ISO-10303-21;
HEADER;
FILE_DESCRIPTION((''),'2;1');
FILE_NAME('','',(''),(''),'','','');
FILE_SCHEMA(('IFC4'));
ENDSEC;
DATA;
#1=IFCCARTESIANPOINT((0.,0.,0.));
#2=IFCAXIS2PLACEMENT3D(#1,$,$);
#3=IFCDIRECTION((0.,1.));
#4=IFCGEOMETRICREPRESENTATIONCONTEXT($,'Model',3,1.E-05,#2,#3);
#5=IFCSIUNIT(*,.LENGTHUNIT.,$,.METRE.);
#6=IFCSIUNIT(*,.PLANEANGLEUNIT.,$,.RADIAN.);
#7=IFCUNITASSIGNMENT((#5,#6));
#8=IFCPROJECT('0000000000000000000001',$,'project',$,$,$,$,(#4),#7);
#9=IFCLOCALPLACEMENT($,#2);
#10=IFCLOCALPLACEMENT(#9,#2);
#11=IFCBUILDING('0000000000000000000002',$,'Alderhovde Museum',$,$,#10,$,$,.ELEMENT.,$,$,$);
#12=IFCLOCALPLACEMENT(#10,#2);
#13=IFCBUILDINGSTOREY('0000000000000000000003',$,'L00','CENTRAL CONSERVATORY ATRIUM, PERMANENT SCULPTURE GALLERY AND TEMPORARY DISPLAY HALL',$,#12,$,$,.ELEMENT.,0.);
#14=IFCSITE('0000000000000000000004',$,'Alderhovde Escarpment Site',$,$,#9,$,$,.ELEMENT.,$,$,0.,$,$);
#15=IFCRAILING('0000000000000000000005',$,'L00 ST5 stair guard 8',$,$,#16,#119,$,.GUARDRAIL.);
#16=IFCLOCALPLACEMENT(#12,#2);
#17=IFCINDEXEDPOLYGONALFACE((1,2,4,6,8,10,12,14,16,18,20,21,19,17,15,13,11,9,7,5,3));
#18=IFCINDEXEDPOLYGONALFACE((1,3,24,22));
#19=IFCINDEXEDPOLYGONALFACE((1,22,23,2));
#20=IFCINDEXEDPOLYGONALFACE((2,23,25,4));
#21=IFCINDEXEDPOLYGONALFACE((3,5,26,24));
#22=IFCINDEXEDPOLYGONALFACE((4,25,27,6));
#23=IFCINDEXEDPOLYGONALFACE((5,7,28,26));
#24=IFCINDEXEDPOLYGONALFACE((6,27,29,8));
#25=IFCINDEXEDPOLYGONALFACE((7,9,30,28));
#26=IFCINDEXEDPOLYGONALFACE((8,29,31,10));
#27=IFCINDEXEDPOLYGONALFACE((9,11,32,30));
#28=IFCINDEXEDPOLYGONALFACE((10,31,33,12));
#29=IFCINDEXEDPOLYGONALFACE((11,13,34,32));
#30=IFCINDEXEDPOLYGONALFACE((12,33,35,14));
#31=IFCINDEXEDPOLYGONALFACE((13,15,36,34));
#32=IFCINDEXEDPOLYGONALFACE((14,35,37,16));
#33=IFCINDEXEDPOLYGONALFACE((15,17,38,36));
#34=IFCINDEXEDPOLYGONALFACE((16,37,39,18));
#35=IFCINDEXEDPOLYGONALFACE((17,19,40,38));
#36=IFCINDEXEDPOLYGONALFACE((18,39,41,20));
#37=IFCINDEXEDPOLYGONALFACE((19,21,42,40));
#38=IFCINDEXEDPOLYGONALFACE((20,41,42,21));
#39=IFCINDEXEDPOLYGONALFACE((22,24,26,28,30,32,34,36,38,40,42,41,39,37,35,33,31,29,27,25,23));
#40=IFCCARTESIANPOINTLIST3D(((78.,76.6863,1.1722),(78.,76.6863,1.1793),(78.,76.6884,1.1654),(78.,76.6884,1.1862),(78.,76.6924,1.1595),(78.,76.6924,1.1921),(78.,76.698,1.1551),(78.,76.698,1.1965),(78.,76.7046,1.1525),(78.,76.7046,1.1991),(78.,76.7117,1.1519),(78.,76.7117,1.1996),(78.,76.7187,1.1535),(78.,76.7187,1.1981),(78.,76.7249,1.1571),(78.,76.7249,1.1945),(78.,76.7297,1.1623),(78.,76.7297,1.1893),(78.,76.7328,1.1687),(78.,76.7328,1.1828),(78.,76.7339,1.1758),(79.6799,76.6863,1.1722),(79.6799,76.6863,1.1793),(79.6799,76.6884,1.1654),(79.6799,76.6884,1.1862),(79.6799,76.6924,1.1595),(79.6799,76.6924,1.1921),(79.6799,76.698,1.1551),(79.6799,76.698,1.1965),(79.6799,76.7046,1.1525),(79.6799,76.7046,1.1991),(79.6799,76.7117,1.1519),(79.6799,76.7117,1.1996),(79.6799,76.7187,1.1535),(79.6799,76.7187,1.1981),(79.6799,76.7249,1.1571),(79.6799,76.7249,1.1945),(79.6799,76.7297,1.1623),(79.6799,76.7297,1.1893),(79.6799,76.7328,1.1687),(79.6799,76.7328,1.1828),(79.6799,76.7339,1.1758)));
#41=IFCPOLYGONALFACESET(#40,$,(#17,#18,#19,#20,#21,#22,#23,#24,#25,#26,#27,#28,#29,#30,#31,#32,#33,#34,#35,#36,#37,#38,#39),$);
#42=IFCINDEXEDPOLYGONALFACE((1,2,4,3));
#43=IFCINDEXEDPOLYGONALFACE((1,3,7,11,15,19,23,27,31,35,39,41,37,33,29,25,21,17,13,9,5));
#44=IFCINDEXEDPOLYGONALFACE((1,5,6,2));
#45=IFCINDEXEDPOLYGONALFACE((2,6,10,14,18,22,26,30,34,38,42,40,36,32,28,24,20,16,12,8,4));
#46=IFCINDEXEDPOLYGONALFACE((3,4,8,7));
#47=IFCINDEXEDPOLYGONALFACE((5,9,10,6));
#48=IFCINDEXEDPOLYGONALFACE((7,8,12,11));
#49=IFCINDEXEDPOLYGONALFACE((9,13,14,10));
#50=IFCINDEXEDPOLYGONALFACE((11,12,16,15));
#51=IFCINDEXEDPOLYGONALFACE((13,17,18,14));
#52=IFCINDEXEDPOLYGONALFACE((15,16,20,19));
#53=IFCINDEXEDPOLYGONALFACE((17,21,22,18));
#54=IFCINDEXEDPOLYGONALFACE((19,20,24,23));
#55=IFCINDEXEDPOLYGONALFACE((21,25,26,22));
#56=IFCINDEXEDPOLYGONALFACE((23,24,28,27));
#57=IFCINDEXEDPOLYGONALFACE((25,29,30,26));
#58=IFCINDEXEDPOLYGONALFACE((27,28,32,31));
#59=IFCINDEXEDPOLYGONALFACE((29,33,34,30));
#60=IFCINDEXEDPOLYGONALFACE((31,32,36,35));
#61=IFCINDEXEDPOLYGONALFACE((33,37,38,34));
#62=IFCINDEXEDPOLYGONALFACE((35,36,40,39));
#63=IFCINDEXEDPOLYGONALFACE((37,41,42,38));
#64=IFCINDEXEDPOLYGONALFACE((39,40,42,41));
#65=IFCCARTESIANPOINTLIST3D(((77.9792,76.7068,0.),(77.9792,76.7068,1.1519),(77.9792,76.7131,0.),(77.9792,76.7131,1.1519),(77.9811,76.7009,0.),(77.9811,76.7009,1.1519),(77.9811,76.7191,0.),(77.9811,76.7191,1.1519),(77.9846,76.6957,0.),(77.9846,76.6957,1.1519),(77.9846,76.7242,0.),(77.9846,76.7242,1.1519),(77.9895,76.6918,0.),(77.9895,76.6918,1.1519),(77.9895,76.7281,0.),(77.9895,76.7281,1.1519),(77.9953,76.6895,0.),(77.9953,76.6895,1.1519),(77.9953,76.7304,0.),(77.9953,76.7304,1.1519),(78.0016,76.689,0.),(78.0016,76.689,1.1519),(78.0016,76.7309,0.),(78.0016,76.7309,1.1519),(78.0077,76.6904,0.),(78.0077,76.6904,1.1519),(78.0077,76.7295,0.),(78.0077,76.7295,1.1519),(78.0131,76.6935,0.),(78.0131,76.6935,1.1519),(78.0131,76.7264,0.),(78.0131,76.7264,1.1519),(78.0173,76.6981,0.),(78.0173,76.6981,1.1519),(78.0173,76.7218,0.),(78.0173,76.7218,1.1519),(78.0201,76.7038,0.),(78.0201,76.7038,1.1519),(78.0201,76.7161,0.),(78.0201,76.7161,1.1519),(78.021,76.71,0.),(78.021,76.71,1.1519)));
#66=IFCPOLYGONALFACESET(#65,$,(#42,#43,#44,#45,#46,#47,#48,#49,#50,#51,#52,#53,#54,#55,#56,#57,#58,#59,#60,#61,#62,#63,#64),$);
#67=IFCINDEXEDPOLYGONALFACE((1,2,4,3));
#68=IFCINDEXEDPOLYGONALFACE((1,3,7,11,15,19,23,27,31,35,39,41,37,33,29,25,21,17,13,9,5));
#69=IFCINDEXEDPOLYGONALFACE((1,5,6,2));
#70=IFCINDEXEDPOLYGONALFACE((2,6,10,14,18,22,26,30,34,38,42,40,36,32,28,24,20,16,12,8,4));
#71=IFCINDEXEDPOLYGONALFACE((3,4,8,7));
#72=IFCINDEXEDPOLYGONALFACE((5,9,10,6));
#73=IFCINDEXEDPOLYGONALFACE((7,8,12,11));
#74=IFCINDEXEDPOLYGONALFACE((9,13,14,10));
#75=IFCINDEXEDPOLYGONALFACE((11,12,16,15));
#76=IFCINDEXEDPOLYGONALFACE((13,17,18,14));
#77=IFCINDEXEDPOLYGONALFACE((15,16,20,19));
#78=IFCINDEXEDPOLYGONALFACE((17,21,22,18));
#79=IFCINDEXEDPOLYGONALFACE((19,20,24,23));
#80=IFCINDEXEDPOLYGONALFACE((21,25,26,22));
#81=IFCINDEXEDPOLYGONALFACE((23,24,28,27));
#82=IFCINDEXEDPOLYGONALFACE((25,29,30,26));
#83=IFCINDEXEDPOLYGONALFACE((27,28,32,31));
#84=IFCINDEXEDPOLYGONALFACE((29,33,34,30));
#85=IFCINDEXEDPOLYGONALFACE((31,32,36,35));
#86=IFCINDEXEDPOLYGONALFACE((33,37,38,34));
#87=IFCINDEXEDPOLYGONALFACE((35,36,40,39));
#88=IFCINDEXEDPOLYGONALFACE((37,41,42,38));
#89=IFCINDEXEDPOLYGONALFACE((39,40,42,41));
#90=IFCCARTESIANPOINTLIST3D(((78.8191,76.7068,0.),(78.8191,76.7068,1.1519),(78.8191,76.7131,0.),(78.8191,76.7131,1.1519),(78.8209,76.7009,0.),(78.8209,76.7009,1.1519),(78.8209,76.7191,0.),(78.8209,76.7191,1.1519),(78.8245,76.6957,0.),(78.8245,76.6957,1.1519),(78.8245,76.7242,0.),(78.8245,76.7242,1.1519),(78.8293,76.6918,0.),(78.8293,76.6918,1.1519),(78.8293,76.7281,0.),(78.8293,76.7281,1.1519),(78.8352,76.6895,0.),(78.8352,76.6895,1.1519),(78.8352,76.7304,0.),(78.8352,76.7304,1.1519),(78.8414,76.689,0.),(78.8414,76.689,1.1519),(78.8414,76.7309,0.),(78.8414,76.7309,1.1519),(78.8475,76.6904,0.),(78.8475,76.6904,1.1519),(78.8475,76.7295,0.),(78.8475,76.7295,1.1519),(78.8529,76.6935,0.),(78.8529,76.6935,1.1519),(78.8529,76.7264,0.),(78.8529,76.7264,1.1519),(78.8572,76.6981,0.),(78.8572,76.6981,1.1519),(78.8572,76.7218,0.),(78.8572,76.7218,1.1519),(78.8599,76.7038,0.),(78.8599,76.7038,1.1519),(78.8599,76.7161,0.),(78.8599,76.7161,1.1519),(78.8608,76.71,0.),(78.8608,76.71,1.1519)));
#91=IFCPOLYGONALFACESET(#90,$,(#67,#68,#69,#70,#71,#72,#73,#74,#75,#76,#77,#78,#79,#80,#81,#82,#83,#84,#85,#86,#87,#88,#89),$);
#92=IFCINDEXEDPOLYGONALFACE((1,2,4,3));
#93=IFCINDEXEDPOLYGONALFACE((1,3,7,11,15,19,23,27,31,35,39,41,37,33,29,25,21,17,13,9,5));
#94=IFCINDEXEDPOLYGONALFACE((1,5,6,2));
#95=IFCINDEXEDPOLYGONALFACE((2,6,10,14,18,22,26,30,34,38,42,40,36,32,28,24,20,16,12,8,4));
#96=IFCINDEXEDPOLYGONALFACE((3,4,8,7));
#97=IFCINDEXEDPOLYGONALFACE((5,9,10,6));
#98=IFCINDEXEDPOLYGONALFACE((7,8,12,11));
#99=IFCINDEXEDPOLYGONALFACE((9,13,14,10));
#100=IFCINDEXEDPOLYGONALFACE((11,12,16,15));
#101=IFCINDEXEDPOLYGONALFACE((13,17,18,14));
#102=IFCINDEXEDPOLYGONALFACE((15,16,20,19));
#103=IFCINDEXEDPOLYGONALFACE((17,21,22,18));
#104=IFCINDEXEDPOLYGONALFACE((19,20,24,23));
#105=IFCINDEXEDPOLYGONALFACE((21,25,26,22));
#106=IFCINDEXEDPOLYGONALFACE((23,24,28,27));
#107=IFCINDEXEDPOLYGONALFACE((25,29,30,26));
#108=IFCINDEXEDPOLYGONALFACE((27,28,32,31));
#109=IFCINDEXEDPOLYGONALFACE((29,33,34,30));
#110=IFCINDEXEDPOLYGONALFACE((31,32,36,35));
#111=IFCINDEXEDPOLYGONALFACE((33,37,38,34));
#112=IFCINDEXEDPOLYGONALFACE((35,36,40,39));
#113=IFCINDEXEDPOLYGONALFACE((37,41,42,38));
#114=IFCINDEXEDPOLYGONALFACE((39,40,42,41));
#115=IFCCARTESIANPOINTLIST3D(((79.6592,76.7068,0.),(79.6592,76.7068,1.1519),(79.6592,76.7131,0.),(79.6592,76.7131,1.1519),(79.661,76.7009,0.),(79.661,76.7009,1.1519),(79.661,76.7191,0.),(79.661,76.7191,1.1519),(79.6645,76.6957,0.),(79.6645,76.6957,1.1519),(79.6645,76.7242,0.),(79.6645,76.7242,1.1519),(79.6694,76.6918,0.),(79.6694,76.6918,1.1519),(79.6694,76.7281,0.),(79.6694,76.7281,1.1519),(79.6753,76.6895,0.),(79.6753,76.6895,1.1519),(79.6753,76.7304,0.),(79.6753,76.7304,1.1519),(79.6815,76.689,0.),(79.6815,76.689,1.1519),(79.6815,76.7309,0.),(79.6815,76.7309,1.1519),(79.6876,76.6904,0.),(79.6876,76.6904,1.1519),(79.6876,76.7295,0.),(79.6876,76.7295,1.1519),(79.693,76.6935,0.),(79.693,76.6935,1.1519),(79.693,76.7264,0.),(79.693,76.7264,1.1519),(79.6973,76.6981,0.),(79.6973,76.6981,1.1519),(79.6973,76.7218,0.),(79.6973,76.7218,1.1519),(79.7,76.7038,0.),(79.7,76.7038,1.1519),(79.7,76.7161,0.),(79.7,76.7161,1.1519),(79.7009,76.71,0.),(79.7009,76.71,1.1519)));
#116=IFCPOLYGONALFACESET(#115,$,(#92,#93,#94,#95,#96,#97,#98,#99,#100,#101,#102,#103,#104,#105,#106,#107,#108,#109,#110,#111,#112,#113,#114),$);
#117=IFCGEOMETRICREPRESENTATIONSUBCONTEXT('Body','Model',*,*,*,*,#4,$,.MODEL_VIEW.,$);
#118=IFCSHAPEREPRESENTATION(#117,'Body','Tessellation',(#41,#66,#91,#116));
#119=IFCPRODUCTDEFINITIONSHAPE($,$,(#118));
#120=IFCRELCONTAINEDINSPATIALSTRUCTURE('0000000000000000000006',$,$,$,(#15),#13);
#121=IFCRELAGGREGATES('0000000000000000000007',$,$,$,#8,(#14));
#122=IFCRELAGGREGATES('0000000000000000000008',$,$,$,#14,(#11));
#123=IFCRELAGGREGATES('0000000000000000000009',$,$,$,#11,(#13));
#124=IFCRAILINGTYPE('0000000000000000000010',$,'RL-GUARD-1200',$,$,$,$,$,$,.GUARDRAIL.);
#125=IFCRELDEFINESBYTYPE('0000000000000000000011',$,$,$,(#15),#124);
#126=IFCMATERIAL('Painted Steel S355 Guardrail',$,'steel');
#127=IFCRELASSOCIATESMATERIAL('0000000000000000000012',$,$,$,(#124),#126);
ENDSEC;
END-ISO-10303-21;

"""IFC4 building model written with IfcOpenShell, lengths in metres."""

from ifc_helpers import new_model, si_unit, direction, frame, origin, origin_2d, place, context, subcontext, project, spatial, circle, extrude, material, type_object, element, save


model = new_model("IFC4")

# Units and contexts
model_context = context("Model", 3, precision=1e-05, world=origin(), true_north=direction((0.0, 1.0)))
body_context = subcontext(model_context, "Body", "Model", "MODEL_VIEW")
ifc_project = project(units=[si_unit("LENGTHUNIT", "METRE"), si_unit("PLANEANGLEUNIT", "RADIAN")], contexts=[model_context])

# Site, building, storey
site_placement = place(None, origin())
site = spatial("IfcSite", under=ifc_project, at=site_placement, Name="Alderhovde Escarpment Site", CompositionType="ELEMENT", RefElevation=0.0)
building_placement = place(site_placement, origin())
building = spatial("IfcBuilding", under=site, at=building_placement, Name="Alderhovde Museum", CompositionType="ELEMENT")
storey_placement = place(building_placement, origin())
storey = spatial("IfcBuildingStorey", under=building, at=storey_placement, Name="L00", Description="CENTRAL CONSERVATORY ATRIUM, PERMANENT SCULPTURE GALLERY AND TEMPORARY DISPLAY HALL", CompositionType="ELEMENT", Elevation=0.0)

# Railing
ifc_material_1 = material(Name="Painted Steel S355 Guardrail", Category="steel")
railing_type_1 = type_object("IfcRailingType", Name="RL-GUARD-1200", PredefinedType="GUARDRAIL", material=ifc_material_1)
for number, where, name in (
    (1, (78.0, 76.71, 0.0), "L00 ST5 stair guard 8"),
):
    element("IfcRailing", number, at=place(storey_placement, frame(where)), inside=storey, type_object=railing_type_1, Name=name, PredefinedType="GUARDRAIL", context=body_context, shape_type="SweptSolid", body=[
        extrude(circle(Radius=0.0239, at=origin_2d()), frame((0.0, 0.0, 1.1758), z_axis=(1.0, 0.0, 0.0), x_axis=(0.0, 1.0, 0.0)), (0.0, 0.0, 1.0), 1.6799),
        extrude(circle(Radius=0.021, at=origin_2d()), origin(), (0.0, 0.0, 1.0), 1.1519),
        extrude(circle(Radius=0.021, at=origin_2d()), frame((0.8398, 0.0, 0.0)), (0.0, 0.0, 1.0), 1.1519),
        extrude(circle(Radius=0.021, at=origin_2d()), frame((1.6799, 0.0, 0.0)), (0.0, 0.0, 1.0), 1.1519),
    ])

save(model, "model.ifc")
